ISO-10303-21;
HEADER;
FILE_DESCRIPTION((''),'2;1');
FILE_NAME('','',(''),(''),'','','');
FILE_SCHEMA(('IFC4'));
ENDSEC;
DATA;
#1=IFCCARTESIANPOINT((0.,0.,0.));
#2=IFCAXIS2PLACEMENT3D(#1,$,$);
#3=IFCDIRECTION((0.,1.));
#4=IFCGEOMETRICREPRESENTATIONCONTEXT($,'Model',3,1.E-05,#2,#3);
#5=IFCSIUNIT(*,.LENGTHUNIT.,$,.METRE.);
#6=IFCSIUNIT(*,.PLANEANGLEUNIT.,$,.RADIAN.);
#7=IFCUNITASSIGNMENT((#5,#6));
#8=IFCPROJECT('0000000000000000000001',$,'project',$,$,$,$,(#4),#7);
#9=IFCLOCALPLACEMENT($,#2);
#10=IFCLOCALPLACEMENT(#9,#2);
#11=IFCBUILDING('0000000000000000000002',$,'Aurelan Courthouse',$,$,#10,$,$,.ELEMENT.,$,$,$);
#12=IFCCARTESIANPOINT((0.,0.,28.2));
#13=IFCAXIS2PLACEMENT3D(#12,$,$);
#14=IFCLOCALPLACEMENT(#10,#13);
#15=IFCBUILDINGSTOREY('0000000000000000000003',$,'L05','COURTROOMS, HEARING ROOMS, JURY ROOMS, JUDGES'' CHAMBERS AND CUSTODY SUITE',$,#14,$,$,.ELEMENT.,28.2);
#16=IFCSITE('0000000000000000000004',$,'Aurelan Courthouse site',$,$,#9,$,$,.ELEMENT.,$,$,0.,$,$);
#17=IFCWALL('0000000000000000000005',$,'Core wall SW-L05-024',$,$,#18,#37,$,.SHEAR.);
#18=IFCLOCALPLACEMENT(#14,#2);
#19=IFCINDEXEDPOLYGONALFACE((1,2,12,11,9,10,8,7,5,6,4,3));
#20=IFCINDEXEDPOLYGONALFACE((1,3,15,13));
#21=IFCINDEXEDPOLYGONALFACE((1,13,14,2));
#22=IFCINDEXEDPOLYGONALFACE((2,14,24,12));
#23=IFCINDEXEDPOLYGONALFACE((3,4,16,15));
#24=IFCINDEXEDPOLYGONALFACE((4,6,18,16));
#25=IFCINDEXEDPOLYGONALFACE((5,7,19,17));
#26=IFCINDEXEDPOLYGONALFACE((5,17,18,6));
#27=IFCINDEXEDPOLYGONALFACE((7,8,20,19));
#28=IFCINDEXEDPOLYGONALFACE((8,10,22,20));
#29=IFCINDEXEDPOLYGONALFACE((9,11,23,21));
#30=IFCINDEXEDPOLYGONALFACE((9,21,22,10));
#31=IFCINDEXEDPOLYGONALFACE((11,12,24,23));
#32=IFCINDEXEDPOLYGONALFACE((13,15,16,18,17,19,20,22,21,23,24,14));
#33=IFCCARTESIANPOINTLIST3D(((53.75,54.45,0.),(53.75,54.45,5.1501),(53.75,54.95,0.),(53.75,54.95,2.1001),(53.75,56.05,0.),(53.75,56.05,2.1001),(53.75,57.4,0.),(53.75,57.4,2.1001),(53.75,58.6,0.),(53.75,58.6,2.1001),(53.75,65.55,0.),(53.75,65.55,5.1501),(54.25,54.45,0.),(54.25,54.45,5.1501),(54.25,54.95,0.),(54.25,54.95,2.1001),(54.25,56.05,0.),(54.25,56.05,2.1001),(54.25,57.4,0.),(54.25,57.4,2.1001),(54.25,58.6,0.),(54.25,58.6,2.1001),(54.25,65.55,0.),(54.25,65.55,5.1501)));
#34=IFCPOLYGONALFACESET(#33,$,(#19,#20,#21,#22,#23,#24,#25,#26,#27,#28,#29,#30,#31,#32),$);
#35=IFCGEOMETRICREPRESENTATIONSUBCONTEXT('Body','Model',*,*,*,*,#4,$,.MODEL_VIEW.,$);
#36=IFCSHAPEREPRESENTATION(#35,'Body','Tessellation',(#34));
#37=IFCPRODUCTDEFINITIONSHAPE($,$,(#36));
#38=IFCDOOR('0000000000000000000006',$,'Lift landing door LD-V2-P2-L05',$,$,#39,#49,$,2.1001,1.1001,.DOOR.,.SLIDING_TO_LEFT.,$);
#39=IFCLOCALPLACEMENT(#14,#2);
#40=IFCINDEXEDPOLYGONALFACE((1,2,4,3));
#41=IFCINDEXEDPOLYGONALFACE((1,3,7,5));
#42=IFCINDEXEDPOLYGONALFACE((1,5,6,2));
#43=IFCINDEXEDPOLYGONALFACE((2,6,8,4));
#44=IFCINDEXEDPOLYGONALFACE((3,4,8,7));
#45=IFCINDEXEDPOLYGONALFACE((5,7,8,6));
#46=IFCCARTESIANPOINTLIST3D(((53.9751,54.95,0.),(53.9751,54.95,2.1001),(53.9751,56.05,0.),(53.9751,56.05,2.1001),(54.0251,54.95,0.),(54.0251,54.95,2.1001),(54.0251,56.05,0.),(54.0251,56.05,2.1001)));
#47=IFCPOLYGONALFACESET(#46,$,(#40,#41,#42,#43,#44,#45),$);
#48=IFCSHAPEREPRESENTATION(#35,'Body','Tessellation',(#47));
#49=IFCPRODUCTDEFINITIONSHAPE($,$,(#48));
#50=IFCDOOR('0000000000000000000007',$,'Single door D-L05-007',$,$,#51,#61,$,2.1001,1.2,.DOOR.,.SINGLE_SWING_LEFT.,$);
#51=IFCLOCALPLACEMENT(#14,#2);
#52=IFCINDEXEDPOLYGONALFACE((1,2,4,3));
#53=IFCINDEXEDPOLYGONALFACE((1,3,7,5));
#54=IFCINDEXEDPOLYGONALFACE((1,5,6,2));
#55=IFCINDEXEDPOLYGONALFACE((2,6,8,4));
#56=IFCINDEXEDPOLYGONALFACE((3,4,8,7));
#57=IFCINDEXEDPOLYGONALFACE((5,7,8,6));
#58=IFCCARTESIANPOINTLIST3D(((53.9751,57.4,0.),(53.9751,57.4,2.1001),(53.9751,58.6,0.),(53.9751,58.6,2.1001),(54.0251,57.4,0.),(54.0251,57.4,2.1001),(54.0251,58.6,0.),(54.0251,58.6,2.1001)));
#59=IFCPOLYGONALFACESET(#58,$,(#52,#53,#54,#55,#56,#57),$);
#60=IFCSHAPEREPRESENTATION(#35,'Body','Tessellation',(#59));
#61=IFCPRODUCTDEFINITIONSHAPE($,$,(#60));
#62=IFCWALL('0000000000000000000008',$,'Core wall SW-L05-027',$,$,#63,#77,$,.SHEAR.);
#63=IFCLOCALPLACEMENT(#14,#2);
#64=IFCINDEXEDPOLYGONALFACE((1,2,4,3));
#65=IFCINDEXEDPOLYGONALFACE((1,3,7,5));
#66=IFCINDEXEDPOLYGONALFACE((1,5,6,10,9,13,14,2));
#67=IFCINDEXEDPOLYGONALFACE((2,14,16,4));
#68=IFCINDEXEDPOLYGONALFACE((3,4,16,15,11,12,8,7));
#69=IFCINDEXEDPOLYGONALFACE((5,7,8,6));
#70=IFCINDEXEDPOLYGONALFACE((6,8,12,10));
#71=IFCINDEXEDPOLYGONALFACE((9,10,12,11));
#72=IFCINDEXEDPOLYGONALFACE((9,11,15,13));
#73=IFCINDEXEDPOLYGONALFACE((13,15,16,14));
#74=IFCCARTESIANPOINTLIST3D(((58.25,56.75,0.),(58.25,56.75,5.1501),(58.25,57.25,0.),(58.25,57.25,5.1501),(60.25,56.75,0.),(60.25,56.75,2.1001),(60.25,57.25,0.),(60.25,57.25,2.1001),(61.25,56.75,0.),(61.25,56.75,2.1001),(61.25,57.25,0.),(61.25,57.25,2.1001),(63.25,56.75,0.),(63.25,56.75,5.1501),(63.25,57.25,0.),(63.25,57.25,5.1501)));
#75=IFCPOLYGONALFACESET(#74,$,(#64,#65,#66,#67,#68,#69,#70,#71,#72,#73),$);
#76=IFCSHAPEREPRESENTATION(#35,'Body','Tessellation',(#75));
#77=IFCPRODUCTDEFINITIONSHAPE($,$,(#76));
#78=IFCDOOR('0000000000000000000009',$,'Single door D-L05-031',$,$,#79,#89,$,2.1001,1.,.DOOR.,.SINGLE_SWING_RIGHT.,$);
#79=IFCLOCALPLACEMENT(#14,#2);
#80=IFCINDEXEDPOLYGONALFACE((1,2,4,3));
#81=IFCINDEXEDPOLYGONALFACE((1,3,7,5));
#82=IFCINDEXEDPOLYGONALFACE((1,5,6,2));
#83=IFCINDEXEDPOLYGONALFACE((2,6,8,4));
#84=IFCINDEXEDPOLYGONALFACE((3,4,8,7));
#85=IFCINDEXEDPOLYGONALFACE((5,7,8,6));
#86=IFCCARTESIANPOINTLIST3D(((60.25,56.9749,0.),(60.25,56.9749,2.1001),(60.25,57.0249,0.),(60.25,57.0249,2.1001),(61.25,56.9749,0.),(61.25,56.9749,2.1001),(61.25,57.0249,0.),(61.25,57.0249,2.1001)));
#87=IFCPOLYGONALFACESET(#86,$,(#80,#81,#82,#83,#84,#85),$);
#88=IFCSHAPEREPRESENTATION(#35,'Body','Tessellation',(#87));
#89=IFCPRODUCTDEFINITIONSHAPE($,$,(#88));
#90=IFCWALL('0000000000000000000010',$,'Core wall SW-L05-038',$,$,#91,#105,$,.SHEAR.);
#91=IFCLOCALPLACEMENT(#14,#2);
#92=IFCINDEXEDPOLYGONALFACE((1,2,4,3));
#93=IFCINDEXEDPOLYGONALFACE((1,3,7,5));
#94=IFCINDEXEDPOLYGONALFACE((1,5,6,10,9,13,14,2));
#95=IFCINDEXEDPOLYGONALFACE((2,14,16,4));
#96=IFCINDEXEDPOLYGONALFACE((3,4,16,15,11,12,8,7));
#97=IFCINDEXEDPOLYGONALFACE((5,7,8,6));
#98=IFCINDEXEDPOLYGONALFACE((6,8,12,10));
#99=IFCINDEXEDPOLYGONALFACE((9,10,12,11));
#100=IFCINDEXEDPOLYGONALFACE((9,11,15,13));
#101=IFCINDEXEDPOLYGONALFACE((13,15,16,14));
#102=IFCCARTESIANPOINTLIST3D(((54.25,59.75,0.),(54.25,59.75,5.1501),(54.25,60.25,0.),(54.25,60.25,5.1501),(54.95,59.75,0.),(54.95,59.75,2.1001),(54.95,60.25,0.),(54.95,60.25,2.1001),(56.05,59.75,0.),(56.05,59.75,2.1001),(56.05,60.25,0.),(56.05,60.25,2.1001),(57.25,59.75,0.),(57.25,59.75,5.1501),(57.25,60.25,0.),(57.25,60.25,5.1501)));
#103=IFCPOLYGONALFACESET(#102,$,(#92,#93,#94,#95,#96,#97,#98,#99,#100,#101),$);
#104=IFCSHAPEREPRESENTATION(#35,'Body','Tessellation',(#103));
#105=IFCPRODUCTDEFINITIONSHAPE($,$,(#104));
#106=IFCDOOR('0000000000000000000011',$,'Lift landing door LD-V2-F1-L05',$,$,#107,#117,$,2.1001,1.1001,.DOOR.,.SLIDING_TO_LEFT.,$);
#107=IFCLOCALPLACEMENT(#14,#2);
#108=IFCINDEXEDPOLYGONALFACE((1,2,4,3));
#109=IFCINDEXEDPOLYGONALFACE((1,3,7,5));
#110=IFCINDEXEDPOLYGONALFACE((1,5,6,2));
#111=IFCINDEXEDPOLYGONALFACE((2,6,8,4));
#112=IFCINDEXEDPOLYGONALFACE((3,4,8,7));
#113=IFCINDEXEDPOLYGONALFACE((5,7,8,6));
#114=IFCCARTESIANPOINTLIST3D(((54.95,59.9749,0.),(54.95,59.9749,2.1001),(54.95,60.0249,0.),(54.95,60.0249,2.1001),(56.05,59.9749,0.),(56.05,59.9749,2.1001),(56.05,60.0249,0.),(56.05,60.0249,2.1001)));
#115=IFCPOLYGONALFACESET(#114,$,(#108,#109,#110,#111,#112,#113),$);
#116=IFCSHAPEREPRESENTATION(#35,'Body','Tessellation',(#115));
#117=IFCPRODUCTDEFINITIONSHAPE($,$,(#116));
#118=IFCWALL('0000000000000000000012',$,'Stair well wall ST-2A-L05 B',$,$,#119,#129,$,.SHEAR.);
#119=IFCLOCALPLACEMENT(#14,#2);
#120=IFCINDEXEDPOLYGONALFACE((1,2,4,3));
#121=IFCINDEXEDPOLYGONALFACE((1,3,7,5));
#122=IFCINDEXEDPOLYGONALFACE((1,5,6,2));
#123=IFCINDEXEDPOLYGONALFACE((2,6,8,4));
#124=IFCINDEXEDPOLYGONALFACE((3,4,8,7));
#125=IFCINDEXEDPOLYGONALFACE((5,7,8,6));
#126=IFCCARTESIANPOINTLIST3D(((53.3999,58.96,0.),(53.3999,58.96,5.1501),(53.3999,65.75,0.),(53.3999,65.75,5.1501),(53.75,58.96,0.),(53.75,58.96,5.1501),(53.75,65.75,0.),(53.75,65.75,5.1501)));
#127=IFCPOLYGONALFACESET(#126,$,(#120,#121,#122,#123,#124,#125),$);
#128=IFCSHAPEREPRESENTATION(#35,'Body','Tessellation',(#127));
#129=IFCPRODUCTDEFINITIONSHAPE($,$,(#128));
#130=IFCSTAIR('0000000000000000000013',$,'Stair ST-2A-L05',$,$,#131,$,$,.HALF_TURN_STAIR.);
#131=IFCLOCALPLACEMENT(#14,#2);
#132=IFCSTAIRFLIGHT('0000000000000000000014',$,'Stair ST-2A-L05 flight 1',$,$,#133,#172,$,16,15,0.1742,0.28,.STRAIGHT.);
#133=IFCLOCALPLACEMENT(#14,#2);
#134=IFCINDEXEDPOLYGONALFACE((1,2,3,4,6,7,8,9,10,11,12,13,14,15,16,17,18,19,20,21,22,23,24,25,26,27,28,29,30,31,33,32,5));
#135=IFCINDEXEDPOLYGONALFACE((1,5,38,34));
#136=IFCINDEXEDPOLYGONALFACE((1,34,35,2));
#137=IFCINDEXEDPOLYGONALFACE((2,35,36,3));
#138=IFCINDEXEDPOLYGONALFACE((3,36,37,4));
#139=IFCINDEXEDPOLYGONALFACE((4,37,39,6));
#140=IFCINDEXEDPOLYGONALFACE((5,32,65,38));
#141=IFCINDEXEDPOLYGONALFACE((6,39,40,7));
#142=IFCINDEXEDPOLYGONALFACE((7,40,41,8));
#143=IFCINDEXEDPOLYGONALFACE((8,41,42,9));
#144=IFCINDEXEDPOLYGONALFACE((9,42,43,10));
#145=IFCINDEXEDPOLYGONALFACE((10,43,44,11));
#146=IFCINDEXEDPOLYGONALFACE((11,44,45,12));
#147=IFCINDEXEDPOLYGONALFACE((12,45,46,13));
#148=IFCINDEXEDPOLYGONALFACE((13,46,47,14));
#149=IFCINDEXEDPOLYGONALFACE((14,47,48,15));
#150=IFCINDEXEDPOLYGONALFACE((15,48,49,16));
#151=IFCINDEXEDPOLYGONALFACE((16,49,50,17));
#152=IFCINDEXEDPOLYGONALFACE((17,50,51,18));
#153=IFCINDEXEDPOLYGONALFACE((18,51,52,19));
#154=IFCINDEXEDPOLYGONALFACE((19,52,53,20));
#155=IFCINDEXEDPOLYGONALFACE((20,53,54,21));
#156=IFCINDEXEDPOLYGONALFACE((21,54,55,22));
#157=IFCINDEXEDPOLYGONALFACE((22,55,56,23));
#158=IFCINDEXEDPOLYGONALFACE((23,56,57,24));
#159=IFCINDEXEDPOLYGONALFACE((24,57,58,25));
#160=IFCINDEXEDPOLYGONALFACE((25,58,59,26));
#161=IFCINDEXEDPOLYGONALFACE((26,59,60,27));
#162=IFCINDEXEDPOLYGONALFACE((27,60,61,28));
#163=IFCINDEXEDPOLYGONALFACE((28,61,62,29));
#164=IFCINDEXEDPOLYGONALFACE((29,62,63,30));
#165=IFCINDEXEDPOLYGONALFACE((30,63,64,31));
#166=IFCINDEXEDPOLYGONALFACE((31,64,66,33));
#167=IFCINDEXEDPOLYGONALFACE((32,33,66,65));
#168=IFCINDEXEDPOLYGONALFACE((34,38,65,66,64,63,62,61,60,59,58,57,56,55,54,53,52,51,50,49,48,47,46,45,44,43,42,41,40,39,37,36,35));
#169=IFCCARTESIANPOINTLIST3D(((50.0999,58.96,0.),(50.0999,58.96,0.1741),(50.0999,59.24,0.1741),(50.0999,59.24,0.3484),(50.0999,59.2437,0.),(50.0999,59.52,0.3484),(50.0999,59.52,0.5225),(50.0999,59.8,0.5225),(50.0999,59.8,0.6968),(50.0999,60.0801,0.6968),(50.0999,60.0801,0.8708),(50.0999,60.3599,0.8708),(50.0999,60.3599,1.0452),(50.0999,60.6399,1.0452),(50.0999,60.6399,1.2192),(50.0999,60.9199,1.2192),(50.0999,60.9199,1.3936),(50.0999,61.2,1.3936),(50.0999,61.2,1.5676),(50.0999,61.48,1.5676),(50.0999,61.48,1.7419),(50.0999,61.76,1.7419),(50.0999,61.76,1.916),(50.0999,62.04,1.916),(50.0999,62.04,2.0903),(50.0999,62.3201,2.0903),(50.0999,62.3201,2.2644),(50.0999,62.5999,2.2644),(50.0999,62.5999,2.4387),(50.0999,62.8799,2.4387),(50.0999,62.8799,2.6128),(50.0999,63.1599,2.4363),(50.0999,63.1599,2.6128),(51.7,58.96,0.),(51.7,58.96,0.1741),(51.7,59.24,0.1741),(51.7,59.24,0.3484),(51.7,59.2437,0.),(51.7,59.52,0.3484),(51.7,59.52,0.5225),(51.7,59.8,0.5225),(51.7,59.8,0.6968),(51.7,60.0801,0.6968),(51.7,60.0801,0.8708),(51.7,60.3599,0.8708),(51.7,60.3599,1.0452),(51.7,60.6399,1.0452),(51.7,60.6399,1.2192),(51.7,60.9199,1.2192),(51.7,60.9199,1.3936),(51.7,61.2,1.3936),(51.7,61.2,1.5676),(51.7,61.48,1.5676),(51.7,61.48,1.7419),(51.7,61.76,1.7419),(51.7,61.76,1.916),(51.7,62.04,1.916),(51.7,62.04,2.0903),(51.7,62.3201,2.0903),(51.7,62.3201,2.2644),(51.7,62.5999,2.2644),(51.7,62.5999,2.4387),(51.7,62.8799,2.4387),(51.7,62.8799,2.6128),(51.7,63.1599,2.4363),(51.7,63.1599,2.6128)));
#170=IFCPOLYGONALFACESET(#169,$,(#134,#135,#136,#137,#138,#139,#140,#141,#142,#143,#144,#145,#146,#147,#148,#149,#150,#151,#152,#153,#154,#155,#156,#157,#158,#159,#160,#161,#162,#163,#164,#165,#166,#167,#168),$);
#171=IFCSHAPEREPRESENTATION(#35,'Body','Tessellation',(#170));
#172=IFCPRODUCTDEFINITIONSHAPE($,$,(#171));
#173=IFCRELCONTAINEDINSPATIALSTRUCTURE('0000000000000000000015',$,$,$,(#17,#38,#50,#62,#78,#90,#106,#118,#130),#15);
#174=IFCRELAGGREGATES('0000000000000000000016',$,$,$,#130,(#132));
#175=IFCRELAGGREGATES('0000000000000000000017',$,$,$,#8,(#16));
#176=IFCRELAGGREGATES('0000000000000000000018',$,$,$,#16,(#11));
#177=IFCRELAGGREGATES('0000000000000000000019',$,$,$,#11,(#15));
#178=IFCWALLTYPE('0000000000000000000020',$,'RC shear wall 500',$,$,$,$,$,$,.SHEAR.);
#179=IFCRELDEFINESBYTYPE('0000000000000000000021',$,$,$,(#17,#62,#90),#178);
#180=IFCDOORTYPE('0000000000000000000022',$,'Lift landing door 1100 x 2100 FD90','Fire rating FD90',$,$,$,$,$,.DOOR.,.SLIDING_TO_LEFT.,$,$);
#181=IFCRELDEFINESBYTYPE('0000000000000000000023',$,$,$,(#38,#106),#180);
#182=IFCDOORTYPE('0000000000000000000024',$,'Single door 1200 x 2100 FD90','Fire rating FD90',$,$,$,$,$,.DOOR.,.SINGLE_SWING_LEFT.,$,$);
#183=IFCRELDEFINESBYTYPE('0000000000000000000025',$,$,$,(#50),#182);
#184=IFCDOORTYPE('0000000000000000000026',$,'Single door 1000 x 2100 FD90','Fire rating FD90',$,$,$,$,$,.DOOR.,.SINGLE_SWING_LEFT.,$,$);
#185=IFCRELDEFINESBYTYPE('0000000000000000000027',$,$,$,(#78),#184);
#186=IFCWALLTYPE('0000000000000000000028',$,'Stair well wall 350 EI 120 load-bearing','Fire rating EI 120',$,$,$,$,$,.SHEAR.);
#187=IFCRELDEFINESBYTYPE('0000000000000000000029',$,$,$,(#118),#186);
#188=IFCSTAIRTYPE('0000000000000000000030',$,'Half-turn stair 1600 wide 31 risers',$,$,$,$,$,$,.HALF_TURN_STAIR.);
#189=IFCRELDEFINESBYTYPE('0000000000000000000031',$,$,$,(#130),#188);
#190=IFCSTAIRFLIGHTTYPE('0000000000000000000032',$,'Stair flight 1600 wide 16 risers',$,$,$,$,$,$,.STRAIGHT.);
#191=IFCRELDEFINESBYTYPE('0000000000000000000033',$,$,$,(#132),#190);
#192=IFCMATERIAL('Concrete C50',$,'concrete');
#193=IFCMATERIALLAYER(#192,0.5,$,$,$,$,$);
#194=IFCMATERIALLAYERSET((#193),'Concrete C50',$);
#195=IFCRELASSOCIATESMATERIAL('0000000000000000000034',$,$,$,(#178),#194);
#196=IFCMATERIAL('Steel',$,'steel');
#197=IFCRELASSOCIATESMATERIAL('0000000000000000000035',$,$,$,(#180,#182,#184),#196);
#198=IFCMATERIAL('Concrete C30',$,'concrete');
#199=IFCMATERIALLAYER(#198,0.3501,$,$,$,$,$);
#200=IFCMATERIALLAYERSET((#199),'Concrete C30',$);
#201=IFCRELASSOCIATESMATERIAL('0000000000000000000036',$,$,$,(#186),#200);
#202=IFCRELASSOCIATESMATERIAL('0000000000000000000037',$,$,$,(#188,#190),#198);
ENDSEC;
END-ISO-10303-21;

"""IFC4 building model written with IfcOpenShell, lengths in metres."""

from ifc_helpers import new_model, si_unit, direction, frame, frame_2d, origin, place, context, subcontext, project, spatial, polyline, rectangle, outline, extrude, material, layer, layer_set, type_object, element, fill, aggregate, save


model = new_model("IFC4")

# Units and contexts
model_context = context("Model", 3, precision=1e-05, world=origin(), true_north=direction((0.0, 1.0)))
body_context = subcontext(model_context, "Body", "Model", "MODEL_VIEW")
ifc_project = project(units=[si_unit("LENGTHUNIT", "METRE"), si_unit("PLANEANGLEUNIT", "RADIAN")], contexts=[model_context])

# Site, building, storey
site_placement = place(None, origin())
site = spatial("IfcSite", under=ifc_project, at=site_placement, Name="Aurelan Courthouse site", CompositionType="ELEMENT", RefElevation=0.0)
building_placement = place(site_placement, origin())
building = spatial("IfcBuilding", under=site, at=building_placement, Name="Aurelan Courthouse", CompositionType="ELEMENT")
storey_placement = place(building_placement, frame((0.0, 0.0, 28.2)))
storey = spatial("IfcBuildingStorey", under=building, at=storey_placement, Name="L05", Description="COURTROOMS, HEARING ROOMS, JURY ROOMS, JUDGES' CHAMBERS AND CUSTODY SUITE", CompositionType="ELEMENT", Elevation=28.2)

# Shared definitions
ifc_material_1 = material(Name="Concrete C50", Category="concrete")

# Shared definitions
ifc_material_2 = material(Name="Steel", Category="steel")

# Shared definitions
ifc_layer_1 = layer(ifc_material_1, 0.5)
ifc_layer_set_1 = layer_set([ifc_layer_1], Name="Concrete C50")
wall_type_1 = type_object("IfcWallType", Name="RC shear wall 500", PredefinedType="SHEAR", material=ifc_layer_set_1)

# Wall, openings, doors
wall_1_placement = place(storey_placement, frame((54.0, 54.45, 0.0), z_axis=(0.0, 0.0, 1.0), x_axis=(0.0, 1.0, 0.0)))
wall_1 = element("IfcWall", 1, at=wall_1_placement, inside=storey, type_object=wall_type_1, Name="Core wall SW-L05-024", PredefinedType="SHEAR", context=body_context, shape_type="SweptSolid", body=[
    extrude(rectangle(XDim=11.1001, YDim=0.5, at=frame_2d((5.55, 0.0))), origin(), (0.0, 0.0, 1.0), 5.1501),
])
opening_1_placement = place(wall_1_placement, frame((0.5, 0.0, 0.0)))
opening_1 = element("IfcOpeningElement", 2, at=opening_1_placement, cuts=wall_1, PredefinedType="OPENING", context=body_context, shape_type="SweptSolid", body=[
    extrude(rectangle(XDim=1.1001, YDim=2.1001, at=frame_2d((0.55, 1.05))), frame((0.0, 0.26, 0.0), z_axis=(0.0, -1.0, 0.0), x_axis=(1.0, 0.0, 0.0)), (0.0, 0.0, 1.0), 0.52),
])
opening_2_placement = place(wall_1_placement, frame((2.95, 0.0, 0.0)))
opening_2 = element("IfcOpeningElement", 3, at=opening_2_placement, cuts=wall_1, PredefinedType="OPENING", context=body_context, shape_type="SweptSolid", body=[
    extrude(rectangle(XDim=1.2, YDim=2.1001, at=frame_2d((0.6001, 1.05))), frame((0.0, 0.26, 0.0), z_axis=(0.0, -1.0, 0.0), x_axis=(1.0, 0.0, 0.0)), (0.0, 0.0, 1.0), 0.52),
])
door_type_1 = type_object("IfcDoorType", Name="Lift landing door 1100 x 2100 FD90", Description="Fire rating FD90", OperationType="SLIDING_TO_LEFT", PredefinedType="DOOR", material=ifc_material_2)
door_1_placement = place(opening_1_placement, origin())
door_1 = element("IfcDoor", 4, at=door_1_placement, inside=storey, type_object=door_type_1, Name="Lift landing door LD-V2-P2-L05", OperationType="SLIDING_TO_LEFT", OverallHeight=2.1001, OverallWidth=1.1001, PredefinedType="DOOR", context=body_context, shape_type="SweptSolid", body=[
    extrude(rectangle(XDim=1.1001, YDim=2.1001, at=frame_2d((0.55, 1.05))), frame((0.0, 0.0249, 0.0), z_axis=(0.0, -1.0, 0.0), x_axis=(1.0, 0.0, 0.0)), (0.0, 0.0, 1.0), 0.05),
])
fill(opening_1, door_1)
door_type_2 = type_object("IfcDoorType", Name="Single door 1200 x 2100 FD90", Description="Fire rating FD90", OperationType="SINGLE_SWING_LEFT", PredefinedType="DOOR", material=ifc_material_2)
door_2_placement = place(opening_2_placement, origin())
door_2 = element("IfcDoor", 5, at=door_2_placement, inside=storey, type_object=door_type_2, Name="Single door D-L05-007", OperationType="SINGLE_SWING_LEFT", OverallHeight=2.1001, OverallWidth=1.2, PredefinedType="DOOR", context=body_context, shape_type="SweptSolid", body=[
    extrude(rectangle(XDim=1.2, YDim=2.1001, at=frame_2d((0.6001, 1.05))), frame((0.0, 0.0249, 0.0), z_axis=(0.0, -1.0, 0.0), x_axis=(1.0, 0.0, 0.0)), (0.0, 0.0, 1.0), 0.05),
])
fill(opening_2, door_2)

# Walls, openings, doors
wall_2_placement = place(storey_placement, frame((58.25, 57.0, 0.0), z_axis=(0.0, 0.0, 1.0), x_axis=(1.0, 0.0, 0.0)))
wall_2 = element("IfcWall", 6, at=wall_2_placement, inside=storey, type_object=wall_type_1, Name="Core wall SW-L05-027", PredefinedType="SHEAR", context=body_context, shape_type="SweptSolid", body=[
    extrude(rectangle(XDim=5.0, YDim=0.5, at=frame_2d((2.5, 0.0))), origin(), (0.0, 0.0, 1.0), 5.1501),
])
opening_3_placement = place(wall_2_placement, frame((2.0, 0.0, 0.0)))
opening_3 = element("IfcOpeningElement", 7, at=opening_3_placement, cuts=wall_2, PredefinedType="OPENING", context=body_context, shape_type="SweptSolid", body=[
    extrude(rectangle(XDim=1.0, YDim=2.1001, at=frame_2d((0.5, 1.05))), frame((0.0, 0.26, 0.0), z_axis=(0.0, -1.0, 0.0), x_axis=(1.0, 0.0, 0.0)), (0.0, 0.0, 1.0), 0.52),
])
door_type_3 = type_object("IfcDoorType", Name="Single door 1000 x 2100 FD90", Description="Fire rating FD90", OperationType="SINGLE_SWING_LEFT", PredefinedType="DOOR", material=ifc_material_2)
door_3_placement = place(opening_3_placement, origin())
door_3 = element("IfcDoor", 8, at=door_3_placement, inside=storey, type_object=door_type_3, Name="Single door D-L05-031", OperationType="SINGLE_SWING_RIGHT", OverallHeight=2.1001, OverallWidth=1.0, PredefinedType="DOOR", context=body_context, shape_type="SweptSolid", body=[
    extrude(rectangle(XDim=1.0, YDim=2.1001, at=frame_2d((0.5, 1.05))), frame((0.0, 0.0249, 0.0), z_axis=(0.0, -1.0, 0.0), x_axis=(1.0, 0.0, 0.0)), (0.0, 0.0, 1.0), 0.05),
])
fill(opening_3, door_3)
wall_3_placement = place(storey_placement, frame((54.25, 60.0, 0.0), z_axis=(0.0, 0.0, 1.0), x_axis=(1.0, 0.0, 0.0)))
wall_3 = element("IfcWall", 9, at=wall_3_placement, inside=storey, type_object=wall_type_1, Name="Core wall SW-L05-038", PredefinedType="SHEAR", context=body_context, shape_type="SweptSolid", body=[
    extrude(rectangle(XDim=3.0, YDim=0.5, at=frame_2d((1.5, 0.0))), origin(), (0.0, 0.0, 1.0), 5.1501),
])
opening_4_placement = place(wall_3_placement, frame((0.7, 0.0, 0.0)))
opening_4 = element("IfcOpeningElement", 10, at=opening_4_placement, cuts=wall_3, PredefinedType="OPENING", context=body_context, shape_type="SweptSolid", body=[
    extrude(rectangle(XDim=1.1001, YDim=2.1001, at=frame_2d((0.55, 1.05))), frame((0.0, 0.26, 0.0), z_axis=(0.0, -1.0, 0.0), x_axis=(1.0, 0.0, 0.0)), (0.0, 0.0, 1.0), 0.52),
])
door_4_placement = place(opening_4_placement, origin())
door_4 = element("IfcDoor", 11, at=door_4_placement, inside=storey, type_object=door_type_1, Name="Lift landing door LD-V2-F1-L05", OperationType="SLIDING_TO_LEFT", OverallHeight=2.1001, OverallWidth=1.1001, PredefinedType="DOOR", context=body_context, shape_type="SweptSolid", body=[
    extrude(rectangle(XDim=1.1001, YDim=2.1001, at=frame_2d((0.55, 1.05))), frame((0.0, 0.0249, 0.0), z_axis=(0.0, -1.0, 0.0), x_axis=(1.0, 0.0, 0.0)), (0.0, 0.0, 1.0), 0.05),
])
fill(opening_4, door_4)

# Wall
ifc_material_3 = material(Name="Concrete C30", Category="concrete")
ifc_layer_2 = layer(ifc_material_3, 0.3501)
ifc_layer_set_2 = layer_set([ifc_layer_2], Name="Concrete C30")
wall_type_2 = type_object("IfcWallType", Name="Stair well wall 350 EI 120 load-bearing", Description="Fire rating EI 120", PredefinedType="SHEAR", material=ifc_layer_set_2)
wall_4_placement = place(storey_placement, frame((53.575, 58.96, 0.0), z_axis=(0.0, 0.0, 1.0), x_axis=(0.0, 1.0, 0.0)))
element("IfcWall", 12, at=wall_4_placement, inside=storey, type_object=wall_type_2, Name="Stair well wall ST-2A-L05 B", PredefinedType="SHEAR", context=body_context, shape_type="SweptSolid", body=[
    extrude(rectangle(XDim=6.79, YDim=0.3501, at=frame_2d((3.395, 0.0))), origin(), (0.0, 0.0, 1.0), 5.1501),
])

# Stair, stair flight
stair_type = type_object("IfcStairType", Name="Half-turn stair 1600 wide 31 risers", PredefinedType="HALF_TURN_STAIR", material=ifc_material_3)
stair_placement = place(storey_placement, origin())
stair = element("IfcStair", 13, at=stair_placement, inside=storey, type_object=stair_type, Name="Stair ST-2A-L05", PredefinedType="HALF_TURN_STAIR")
stair_flight_type = type_object("IfcStairFlightType", Name="Stair flight 1600 wide 16 risers", PredefinedType="STRAIGHT", material=ifc_material_3)
stair_flight_placement = place(storey_placement, frame((50.8999, 58.96, 0.0), z_axis=(0.0, 0.0, 1.0), x_axis=(0.0, 1.0, 0.0)))
stair_flight = element("IfcStairFlight", 14, at=stair_flight_placement, type_object=stair_flight_type, Name="Stair ST-2A-L05 flight 1", NumberOfRisers=16, NumberOfTreads=15, PredefinedType="STRAIGHT", RiserHeight=0.1742, TreadLength=0.28, context=body_context, shape_type="SweptSolid", body=[
    extrude(outline(polyline([(0.0, 0.0), (0.0, 0.1741), (0.28, 0.1741), (0.28, 0.3484), (0.5601, 0.3484), (0.5601, 0.5225), (0.8401, 0.5225), (0.8401, 0.6968), (1.1201, 0.6968), (1.1201, 0.8708), (1.3999, 0.8708), (1.3999, 1.0452), (1.6799, 1.0452), (1.6799, 1.2192), (1.96, 1.2192), (1.96, 1.3936), (2.24, 1.3936), (2.24, 1.5676), (2.52, 1.5676), (2.52, 1.7419), (2.8, 1.7419), (2.8, 1.916), (3.0801, 1.916), (3.0801, 2.0903), (3.3601, 2.0903), (3.3601, 2.2644), (3.6399, 2.2644), (3.6399, 2.4387), (3.9199, 2.4387), (3.9199, 2.6128), (4.2, 2.6128), (4.2, 2.7871), (4.2, 2.4363), (0.2837, 0.0), (0.0, 0.0)])), frame((0.0, 0.8, 0.0), z_axis=(0.0, -1.0, 0.0), x_axis=(1.0, 0.0, 0.0)), (0.0, 0.0, 1.0), 1.6001),
])
aggregate(stair, [stair_flight])

save(model, "model.ifc")
